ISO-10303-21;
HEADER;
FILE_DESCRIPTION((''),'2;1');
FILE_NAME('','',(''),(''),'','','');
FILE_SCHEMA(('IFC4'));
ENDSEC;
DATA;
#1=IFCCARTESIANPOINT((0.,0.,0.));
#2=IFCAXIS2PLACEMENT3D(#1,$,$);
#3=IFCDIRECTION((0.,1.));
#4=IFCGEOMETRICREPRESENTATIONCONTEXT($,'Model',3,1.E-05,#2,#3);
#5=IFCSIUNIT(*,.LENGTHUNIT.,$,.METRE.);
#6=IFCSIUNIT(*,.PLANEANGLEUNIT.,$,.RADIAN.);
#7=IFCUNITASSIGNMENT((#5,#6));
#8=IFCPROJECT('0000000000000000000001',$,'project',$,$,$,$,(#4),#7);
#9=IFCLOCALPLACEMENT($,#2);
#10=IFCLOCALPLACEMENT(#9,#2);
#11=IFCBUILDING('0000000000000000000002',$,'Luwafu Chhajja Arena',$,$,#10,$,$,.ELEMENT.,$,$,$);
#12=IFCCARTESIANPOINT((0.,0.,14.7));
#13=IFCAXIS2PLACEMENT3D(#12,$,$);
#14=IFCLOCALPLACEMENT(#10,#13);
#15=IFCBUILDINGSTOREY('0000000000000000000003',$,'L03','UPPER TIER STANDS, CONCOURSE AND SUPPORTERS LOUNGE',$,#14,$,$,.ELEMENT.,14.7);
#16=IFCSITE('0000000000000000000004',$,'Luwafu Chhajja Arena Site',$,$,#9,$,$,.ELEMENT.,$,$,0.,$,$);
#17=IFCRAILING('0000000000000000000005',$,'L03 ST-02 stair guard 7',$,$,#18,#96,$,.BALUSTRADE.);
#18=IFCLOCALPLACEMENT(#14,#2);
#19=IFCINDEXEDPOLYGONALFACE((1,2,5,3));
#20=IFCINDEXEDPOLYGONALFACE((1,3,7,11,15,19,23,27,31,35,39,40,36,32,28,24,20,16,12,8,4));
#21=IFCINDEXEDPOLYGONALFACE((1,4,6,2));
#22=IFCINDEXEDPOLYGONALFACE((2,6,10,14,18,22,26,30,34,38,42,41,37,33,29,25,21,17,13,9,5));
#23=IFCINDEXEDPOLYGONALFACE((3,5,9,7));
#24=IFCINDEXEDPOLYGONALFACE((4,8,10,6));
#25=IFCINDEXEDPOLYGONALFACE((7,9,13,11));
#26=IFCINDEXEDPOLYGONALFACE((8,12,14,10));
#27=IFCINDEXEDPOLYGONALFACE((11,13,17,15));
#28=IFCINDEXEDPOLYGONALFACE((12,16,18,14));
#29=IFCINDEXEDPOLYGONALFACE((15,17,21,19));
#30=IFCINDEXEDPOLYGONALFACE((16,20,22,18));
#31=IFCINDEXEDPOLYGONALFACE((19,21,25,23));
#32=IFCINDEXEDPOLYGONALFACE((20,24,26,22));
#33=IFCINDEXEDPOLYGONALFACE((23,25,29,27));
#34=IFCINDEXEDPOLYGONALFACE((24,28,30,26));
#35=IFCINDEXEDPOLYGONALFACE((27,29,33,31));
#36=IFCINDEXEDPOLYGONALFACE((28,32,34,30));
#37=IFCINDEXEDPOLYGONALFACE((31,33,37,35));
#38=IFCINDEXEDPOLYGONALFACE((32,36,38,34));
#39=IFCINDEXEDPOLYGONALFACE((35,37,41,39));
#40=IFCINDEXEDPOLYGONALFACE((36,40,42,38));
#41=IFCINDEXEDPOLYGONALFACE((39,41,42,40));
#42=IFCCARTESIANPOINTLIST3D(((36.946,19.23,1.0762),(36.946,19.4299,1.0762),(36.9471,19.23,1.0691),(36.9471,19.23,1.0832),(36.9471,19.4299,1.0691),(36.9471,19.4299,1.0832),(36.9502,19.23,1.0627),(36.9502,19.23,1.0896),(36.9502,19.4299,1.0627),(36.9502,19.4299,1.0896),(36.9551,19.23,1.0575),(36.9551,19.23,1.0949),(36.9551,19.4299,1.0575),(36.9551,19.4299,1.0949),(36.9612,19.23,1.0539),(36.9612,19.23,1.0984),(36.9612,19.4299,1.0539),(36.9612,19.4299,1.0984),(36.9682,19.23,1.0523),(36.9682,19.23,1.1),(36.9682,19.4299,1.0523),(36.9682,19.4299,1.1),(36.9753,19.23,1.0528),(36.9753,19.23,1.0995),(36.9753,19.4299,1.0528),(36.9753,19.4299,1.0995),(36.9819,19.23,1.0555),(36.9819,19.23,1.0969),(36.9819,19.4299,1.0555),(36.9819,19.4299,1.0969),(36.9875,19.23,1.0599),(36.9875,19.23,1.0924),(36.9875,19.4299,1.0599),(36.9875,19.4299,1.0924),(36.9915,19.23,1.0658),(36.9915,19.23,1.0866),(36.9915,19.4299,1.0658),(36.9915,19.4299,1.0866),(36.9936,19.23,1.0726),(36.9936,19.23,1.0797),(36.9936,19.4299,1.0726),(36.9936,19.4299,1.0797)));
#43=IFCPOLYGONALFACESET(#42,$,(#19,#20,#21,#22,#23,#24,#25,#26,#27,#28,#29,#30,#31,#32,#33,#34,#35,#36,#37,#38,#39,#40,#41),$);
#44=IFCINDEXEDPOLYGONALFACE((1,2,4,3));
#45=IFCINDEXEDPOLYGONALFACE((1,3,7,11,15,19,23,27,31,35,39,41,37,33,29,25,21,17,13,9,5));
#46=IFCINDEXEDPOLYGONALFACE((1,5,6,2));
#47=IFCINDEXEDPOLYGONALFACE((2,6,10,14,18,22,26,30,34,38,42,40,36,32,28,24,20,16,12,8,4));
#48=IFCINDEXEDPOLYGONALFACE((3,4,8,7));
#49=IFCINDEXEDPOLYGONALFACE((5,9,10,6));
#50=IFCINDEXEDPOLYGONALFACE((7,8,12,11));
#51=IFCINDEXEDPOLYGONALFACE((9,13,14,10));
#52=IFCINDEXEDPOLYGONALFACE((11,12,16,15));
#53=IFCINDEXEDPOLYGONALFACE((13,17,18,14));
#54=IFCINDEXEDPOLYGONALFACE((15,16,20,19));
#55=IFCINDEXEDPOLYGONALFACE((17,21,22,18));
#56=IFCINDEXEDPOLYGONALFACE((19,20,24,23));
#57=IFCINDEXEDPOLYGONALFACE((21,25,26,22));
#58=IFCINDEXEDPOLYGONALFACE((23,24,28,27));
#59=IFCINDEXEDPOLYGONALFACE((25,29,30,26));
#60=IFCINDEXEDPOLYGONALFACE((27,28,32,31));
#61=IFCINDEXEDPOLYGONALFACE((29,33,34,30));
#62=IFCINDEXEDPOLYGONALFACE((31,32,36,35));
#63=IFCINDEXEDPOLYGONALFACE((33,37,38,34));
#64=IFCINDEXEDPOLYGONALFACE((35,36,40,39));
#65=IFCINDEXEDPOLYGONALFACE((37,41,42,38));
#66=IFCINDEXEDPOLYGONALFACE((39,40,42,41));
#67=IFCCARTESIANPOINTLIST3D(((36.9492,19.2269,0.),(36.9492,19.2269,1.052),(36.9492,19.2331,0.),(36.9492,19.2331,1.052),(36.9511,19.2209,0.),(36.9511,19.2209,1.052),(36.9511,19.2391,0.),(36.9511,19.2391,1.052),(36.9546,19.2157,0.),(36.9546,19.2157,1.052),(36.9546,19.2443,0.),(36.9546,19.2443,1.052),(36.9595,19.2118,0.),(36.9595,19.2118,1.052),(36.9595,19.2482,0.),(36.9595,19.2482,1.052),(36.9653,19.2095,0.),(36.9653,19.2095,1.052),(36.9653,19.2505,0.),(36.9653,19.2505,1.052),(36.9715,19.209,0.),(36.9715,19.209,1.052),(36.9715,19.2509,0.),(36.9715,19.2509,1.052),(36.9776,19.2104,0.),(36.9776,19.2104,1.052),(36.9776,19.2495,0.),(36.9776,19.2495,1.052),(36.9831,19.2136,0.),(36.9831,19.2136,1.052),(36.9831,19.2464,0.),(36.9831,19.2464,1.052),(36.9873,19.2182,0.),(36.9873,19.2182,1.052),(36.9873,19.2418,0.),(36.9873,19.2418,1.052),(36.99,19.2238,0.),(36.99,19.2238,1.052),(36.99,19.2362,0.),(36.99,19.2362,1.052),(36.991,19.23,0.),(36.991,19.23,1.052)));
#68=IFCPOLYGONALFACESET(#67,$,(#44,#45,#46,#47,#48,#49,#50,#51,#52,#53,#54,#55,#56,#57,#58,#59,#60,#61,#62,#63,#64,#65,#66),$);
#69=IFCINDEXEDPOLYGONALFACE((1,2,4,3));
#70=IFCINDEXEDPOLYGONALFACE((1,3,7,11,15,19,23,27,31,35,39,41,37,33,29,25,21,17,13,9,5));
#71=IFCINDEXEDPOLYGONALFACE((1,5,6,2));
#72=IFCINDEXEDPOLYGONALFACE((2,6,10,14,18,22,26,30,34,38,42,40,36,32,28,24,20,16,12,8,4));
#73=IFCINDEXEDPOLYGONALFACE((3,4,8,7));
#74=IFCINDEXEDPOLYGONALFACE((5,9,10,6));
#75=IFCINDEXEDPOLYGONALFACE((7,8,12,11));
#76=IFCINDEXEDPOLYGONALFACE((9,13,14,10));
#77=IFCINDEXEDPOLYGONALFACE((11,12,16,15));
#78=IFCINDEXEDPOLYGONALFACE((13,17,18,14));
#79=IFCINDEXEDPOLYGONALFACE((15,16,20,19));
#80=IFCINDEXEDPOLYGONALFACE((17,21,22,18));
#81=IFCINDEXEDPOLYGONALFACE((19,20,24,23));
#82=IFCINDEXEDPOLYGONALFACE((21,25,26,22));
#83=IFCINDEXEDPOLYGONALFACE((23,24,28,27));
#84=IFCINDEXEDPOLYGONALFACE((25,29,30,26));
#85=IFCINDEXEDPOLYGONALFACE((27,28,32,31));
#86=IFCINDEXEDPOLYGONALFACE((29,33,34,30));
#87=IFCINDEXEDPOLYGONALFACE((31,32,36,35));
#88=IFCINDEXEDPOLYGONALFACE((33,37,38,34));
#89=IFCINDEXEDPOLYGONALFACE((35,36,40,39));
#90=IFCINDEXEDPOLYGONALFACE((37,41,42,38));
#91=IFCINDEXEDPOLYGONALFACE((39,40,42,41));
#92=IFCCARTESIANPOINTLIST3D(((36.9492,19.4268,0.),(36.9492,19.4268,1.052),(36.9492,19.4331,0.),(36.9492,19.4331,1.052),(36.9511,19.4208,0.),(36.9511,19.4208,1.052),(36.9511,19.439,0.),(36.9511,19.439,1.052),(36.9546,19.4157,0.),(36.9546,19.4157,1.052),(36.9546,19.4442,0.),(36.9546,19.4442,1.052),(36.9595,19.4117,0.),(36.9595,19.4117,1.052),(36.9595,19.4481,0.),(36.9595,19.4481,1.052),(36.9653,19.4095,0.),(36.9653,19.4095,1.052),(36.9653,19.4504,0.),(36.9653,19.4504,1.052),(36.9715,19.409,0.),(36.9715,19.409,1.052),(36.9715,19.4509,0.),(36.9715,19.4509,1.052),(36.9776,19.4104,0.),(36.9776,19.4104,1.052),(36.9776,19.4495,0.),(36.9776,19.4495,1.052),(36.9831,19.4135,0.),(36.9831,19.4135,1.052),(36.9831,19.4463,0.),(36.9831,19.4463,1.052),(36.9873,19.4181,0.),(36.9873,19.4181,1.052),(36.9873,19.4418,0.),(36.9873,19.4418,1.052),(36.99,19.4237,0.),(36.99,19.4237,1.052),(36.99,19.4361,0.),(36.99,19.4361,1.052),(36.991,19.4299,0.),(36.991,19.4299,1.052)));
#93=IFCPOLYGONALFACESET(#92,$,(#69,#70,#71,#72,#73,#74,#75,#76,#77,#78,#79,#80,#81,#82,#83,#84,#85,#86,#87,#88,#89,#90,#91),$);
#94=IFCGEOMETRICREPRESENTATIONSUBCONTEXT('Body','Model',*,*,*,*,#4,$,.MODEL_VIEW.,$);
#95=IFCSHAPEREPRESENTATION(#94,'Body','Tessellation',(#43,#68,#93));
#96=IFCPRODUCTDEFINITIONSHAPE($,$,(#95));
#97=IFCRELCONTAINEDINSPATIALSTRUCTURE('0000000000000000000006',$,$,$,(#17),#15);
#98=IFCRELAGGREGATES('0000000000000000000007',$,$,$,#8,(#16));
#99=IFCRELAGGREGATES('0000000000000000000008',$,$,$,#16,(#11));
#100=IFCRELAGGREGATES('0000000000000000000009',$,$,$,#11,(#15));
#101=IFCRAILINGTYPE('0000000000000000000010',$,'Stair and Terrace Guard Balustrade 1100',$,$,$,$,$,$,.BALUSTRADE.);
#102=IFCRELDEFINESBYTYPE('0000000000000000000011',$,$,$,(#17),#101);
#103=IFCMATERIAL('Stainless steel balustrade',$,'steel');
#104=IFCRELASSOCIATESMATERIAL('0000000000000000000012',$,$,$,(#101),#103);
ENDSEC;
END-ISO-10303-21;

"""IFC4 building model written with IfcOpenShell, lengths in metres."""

from ifc_helpers import new_model, si_unit, direction, frame, origin, origin_2d, place, context, subcontext, project, spatial, circle, extrude, material, type_object, element, save


model = new_model("IFC4")

# Units and contexts
model_context = context("Model", 3, precision=1e-05, world=origin(), true_north=direction((0.0, 1.0)))
body_context = subcontext(model_context, "Body", "Model", "MODEL_VIEW")
ifc_project = project(units=[si_unit("LENGTHUNIT", "METRE"), si_unit("PLANEANGLEUNIT", "RADIAN")], contexts=[model_context])

# Site, building, storey
site_placement = place(None, origin())
site = spatial("IfcSite", under=ifc_project, at=site_placement, Name="Luwafu Chhajja Arena Site", CompositionType="ELEMENT", RefElevation=0.0)
building_placement = place(site_placement, origin())
building = spatial("IfcBuilding", under=site, at=building_placement, Name="Luwafu Chhajja Arena", CompositionType="ELEMENT")
storey_placement = place(building_placement, frame((0.0, 0.0, 14.7)))
storey = spatial("IfcBuildingStorey", under=building, at=storey_placement, Name="L03", Description="UPPER TIER STANDS, CONCOURSE AND SUPPORTERS LOUNGE", CompositionType="ELEMENT", Elevation=14.7)

# Railing
ifc_material_1 = material(Name="Stainless steel balustrade", Category="steel")
railing_type_1 = type_object("IfcRailingType", Name="Stair and Terrace Guard Balustrade 1100", PredefinedType="BALUSTRADE", material=ifc_material_1)
railing_1_placement = place(storey_placement, frame((36.97, 19.23, 0.0)))
element("IfcRailing", 1, at=railing_1_placement, inside=storey, type_object=railing_type_1, Name="L03 ST-02 stair guard 7", PredefinedType="BALUSTRADE", context=body_context, shape_type="SweptSolid", body=[
    extrude(circle(Radius=0.0239, at=origin_2d()), frame((0.0, 0.0, 1.0762), z_axis=(0.0, 1.0, 0.0), x_axis=(-1.0, 0.0, 0.0)), (0.0, 0.0, 1.0), 0.2),
    extrude(circle(Radius=0.021, at=origin_2d()), origin(), (0.0, 0.0, 1.0), 1.052),
    extrude(circle(Radius=0.021, at=origin_2d()), frame((0.0, 0.2, 0.0)), (0.0, 0.0, 1.0), 1.052),
])

save(model, "model.ifc")
